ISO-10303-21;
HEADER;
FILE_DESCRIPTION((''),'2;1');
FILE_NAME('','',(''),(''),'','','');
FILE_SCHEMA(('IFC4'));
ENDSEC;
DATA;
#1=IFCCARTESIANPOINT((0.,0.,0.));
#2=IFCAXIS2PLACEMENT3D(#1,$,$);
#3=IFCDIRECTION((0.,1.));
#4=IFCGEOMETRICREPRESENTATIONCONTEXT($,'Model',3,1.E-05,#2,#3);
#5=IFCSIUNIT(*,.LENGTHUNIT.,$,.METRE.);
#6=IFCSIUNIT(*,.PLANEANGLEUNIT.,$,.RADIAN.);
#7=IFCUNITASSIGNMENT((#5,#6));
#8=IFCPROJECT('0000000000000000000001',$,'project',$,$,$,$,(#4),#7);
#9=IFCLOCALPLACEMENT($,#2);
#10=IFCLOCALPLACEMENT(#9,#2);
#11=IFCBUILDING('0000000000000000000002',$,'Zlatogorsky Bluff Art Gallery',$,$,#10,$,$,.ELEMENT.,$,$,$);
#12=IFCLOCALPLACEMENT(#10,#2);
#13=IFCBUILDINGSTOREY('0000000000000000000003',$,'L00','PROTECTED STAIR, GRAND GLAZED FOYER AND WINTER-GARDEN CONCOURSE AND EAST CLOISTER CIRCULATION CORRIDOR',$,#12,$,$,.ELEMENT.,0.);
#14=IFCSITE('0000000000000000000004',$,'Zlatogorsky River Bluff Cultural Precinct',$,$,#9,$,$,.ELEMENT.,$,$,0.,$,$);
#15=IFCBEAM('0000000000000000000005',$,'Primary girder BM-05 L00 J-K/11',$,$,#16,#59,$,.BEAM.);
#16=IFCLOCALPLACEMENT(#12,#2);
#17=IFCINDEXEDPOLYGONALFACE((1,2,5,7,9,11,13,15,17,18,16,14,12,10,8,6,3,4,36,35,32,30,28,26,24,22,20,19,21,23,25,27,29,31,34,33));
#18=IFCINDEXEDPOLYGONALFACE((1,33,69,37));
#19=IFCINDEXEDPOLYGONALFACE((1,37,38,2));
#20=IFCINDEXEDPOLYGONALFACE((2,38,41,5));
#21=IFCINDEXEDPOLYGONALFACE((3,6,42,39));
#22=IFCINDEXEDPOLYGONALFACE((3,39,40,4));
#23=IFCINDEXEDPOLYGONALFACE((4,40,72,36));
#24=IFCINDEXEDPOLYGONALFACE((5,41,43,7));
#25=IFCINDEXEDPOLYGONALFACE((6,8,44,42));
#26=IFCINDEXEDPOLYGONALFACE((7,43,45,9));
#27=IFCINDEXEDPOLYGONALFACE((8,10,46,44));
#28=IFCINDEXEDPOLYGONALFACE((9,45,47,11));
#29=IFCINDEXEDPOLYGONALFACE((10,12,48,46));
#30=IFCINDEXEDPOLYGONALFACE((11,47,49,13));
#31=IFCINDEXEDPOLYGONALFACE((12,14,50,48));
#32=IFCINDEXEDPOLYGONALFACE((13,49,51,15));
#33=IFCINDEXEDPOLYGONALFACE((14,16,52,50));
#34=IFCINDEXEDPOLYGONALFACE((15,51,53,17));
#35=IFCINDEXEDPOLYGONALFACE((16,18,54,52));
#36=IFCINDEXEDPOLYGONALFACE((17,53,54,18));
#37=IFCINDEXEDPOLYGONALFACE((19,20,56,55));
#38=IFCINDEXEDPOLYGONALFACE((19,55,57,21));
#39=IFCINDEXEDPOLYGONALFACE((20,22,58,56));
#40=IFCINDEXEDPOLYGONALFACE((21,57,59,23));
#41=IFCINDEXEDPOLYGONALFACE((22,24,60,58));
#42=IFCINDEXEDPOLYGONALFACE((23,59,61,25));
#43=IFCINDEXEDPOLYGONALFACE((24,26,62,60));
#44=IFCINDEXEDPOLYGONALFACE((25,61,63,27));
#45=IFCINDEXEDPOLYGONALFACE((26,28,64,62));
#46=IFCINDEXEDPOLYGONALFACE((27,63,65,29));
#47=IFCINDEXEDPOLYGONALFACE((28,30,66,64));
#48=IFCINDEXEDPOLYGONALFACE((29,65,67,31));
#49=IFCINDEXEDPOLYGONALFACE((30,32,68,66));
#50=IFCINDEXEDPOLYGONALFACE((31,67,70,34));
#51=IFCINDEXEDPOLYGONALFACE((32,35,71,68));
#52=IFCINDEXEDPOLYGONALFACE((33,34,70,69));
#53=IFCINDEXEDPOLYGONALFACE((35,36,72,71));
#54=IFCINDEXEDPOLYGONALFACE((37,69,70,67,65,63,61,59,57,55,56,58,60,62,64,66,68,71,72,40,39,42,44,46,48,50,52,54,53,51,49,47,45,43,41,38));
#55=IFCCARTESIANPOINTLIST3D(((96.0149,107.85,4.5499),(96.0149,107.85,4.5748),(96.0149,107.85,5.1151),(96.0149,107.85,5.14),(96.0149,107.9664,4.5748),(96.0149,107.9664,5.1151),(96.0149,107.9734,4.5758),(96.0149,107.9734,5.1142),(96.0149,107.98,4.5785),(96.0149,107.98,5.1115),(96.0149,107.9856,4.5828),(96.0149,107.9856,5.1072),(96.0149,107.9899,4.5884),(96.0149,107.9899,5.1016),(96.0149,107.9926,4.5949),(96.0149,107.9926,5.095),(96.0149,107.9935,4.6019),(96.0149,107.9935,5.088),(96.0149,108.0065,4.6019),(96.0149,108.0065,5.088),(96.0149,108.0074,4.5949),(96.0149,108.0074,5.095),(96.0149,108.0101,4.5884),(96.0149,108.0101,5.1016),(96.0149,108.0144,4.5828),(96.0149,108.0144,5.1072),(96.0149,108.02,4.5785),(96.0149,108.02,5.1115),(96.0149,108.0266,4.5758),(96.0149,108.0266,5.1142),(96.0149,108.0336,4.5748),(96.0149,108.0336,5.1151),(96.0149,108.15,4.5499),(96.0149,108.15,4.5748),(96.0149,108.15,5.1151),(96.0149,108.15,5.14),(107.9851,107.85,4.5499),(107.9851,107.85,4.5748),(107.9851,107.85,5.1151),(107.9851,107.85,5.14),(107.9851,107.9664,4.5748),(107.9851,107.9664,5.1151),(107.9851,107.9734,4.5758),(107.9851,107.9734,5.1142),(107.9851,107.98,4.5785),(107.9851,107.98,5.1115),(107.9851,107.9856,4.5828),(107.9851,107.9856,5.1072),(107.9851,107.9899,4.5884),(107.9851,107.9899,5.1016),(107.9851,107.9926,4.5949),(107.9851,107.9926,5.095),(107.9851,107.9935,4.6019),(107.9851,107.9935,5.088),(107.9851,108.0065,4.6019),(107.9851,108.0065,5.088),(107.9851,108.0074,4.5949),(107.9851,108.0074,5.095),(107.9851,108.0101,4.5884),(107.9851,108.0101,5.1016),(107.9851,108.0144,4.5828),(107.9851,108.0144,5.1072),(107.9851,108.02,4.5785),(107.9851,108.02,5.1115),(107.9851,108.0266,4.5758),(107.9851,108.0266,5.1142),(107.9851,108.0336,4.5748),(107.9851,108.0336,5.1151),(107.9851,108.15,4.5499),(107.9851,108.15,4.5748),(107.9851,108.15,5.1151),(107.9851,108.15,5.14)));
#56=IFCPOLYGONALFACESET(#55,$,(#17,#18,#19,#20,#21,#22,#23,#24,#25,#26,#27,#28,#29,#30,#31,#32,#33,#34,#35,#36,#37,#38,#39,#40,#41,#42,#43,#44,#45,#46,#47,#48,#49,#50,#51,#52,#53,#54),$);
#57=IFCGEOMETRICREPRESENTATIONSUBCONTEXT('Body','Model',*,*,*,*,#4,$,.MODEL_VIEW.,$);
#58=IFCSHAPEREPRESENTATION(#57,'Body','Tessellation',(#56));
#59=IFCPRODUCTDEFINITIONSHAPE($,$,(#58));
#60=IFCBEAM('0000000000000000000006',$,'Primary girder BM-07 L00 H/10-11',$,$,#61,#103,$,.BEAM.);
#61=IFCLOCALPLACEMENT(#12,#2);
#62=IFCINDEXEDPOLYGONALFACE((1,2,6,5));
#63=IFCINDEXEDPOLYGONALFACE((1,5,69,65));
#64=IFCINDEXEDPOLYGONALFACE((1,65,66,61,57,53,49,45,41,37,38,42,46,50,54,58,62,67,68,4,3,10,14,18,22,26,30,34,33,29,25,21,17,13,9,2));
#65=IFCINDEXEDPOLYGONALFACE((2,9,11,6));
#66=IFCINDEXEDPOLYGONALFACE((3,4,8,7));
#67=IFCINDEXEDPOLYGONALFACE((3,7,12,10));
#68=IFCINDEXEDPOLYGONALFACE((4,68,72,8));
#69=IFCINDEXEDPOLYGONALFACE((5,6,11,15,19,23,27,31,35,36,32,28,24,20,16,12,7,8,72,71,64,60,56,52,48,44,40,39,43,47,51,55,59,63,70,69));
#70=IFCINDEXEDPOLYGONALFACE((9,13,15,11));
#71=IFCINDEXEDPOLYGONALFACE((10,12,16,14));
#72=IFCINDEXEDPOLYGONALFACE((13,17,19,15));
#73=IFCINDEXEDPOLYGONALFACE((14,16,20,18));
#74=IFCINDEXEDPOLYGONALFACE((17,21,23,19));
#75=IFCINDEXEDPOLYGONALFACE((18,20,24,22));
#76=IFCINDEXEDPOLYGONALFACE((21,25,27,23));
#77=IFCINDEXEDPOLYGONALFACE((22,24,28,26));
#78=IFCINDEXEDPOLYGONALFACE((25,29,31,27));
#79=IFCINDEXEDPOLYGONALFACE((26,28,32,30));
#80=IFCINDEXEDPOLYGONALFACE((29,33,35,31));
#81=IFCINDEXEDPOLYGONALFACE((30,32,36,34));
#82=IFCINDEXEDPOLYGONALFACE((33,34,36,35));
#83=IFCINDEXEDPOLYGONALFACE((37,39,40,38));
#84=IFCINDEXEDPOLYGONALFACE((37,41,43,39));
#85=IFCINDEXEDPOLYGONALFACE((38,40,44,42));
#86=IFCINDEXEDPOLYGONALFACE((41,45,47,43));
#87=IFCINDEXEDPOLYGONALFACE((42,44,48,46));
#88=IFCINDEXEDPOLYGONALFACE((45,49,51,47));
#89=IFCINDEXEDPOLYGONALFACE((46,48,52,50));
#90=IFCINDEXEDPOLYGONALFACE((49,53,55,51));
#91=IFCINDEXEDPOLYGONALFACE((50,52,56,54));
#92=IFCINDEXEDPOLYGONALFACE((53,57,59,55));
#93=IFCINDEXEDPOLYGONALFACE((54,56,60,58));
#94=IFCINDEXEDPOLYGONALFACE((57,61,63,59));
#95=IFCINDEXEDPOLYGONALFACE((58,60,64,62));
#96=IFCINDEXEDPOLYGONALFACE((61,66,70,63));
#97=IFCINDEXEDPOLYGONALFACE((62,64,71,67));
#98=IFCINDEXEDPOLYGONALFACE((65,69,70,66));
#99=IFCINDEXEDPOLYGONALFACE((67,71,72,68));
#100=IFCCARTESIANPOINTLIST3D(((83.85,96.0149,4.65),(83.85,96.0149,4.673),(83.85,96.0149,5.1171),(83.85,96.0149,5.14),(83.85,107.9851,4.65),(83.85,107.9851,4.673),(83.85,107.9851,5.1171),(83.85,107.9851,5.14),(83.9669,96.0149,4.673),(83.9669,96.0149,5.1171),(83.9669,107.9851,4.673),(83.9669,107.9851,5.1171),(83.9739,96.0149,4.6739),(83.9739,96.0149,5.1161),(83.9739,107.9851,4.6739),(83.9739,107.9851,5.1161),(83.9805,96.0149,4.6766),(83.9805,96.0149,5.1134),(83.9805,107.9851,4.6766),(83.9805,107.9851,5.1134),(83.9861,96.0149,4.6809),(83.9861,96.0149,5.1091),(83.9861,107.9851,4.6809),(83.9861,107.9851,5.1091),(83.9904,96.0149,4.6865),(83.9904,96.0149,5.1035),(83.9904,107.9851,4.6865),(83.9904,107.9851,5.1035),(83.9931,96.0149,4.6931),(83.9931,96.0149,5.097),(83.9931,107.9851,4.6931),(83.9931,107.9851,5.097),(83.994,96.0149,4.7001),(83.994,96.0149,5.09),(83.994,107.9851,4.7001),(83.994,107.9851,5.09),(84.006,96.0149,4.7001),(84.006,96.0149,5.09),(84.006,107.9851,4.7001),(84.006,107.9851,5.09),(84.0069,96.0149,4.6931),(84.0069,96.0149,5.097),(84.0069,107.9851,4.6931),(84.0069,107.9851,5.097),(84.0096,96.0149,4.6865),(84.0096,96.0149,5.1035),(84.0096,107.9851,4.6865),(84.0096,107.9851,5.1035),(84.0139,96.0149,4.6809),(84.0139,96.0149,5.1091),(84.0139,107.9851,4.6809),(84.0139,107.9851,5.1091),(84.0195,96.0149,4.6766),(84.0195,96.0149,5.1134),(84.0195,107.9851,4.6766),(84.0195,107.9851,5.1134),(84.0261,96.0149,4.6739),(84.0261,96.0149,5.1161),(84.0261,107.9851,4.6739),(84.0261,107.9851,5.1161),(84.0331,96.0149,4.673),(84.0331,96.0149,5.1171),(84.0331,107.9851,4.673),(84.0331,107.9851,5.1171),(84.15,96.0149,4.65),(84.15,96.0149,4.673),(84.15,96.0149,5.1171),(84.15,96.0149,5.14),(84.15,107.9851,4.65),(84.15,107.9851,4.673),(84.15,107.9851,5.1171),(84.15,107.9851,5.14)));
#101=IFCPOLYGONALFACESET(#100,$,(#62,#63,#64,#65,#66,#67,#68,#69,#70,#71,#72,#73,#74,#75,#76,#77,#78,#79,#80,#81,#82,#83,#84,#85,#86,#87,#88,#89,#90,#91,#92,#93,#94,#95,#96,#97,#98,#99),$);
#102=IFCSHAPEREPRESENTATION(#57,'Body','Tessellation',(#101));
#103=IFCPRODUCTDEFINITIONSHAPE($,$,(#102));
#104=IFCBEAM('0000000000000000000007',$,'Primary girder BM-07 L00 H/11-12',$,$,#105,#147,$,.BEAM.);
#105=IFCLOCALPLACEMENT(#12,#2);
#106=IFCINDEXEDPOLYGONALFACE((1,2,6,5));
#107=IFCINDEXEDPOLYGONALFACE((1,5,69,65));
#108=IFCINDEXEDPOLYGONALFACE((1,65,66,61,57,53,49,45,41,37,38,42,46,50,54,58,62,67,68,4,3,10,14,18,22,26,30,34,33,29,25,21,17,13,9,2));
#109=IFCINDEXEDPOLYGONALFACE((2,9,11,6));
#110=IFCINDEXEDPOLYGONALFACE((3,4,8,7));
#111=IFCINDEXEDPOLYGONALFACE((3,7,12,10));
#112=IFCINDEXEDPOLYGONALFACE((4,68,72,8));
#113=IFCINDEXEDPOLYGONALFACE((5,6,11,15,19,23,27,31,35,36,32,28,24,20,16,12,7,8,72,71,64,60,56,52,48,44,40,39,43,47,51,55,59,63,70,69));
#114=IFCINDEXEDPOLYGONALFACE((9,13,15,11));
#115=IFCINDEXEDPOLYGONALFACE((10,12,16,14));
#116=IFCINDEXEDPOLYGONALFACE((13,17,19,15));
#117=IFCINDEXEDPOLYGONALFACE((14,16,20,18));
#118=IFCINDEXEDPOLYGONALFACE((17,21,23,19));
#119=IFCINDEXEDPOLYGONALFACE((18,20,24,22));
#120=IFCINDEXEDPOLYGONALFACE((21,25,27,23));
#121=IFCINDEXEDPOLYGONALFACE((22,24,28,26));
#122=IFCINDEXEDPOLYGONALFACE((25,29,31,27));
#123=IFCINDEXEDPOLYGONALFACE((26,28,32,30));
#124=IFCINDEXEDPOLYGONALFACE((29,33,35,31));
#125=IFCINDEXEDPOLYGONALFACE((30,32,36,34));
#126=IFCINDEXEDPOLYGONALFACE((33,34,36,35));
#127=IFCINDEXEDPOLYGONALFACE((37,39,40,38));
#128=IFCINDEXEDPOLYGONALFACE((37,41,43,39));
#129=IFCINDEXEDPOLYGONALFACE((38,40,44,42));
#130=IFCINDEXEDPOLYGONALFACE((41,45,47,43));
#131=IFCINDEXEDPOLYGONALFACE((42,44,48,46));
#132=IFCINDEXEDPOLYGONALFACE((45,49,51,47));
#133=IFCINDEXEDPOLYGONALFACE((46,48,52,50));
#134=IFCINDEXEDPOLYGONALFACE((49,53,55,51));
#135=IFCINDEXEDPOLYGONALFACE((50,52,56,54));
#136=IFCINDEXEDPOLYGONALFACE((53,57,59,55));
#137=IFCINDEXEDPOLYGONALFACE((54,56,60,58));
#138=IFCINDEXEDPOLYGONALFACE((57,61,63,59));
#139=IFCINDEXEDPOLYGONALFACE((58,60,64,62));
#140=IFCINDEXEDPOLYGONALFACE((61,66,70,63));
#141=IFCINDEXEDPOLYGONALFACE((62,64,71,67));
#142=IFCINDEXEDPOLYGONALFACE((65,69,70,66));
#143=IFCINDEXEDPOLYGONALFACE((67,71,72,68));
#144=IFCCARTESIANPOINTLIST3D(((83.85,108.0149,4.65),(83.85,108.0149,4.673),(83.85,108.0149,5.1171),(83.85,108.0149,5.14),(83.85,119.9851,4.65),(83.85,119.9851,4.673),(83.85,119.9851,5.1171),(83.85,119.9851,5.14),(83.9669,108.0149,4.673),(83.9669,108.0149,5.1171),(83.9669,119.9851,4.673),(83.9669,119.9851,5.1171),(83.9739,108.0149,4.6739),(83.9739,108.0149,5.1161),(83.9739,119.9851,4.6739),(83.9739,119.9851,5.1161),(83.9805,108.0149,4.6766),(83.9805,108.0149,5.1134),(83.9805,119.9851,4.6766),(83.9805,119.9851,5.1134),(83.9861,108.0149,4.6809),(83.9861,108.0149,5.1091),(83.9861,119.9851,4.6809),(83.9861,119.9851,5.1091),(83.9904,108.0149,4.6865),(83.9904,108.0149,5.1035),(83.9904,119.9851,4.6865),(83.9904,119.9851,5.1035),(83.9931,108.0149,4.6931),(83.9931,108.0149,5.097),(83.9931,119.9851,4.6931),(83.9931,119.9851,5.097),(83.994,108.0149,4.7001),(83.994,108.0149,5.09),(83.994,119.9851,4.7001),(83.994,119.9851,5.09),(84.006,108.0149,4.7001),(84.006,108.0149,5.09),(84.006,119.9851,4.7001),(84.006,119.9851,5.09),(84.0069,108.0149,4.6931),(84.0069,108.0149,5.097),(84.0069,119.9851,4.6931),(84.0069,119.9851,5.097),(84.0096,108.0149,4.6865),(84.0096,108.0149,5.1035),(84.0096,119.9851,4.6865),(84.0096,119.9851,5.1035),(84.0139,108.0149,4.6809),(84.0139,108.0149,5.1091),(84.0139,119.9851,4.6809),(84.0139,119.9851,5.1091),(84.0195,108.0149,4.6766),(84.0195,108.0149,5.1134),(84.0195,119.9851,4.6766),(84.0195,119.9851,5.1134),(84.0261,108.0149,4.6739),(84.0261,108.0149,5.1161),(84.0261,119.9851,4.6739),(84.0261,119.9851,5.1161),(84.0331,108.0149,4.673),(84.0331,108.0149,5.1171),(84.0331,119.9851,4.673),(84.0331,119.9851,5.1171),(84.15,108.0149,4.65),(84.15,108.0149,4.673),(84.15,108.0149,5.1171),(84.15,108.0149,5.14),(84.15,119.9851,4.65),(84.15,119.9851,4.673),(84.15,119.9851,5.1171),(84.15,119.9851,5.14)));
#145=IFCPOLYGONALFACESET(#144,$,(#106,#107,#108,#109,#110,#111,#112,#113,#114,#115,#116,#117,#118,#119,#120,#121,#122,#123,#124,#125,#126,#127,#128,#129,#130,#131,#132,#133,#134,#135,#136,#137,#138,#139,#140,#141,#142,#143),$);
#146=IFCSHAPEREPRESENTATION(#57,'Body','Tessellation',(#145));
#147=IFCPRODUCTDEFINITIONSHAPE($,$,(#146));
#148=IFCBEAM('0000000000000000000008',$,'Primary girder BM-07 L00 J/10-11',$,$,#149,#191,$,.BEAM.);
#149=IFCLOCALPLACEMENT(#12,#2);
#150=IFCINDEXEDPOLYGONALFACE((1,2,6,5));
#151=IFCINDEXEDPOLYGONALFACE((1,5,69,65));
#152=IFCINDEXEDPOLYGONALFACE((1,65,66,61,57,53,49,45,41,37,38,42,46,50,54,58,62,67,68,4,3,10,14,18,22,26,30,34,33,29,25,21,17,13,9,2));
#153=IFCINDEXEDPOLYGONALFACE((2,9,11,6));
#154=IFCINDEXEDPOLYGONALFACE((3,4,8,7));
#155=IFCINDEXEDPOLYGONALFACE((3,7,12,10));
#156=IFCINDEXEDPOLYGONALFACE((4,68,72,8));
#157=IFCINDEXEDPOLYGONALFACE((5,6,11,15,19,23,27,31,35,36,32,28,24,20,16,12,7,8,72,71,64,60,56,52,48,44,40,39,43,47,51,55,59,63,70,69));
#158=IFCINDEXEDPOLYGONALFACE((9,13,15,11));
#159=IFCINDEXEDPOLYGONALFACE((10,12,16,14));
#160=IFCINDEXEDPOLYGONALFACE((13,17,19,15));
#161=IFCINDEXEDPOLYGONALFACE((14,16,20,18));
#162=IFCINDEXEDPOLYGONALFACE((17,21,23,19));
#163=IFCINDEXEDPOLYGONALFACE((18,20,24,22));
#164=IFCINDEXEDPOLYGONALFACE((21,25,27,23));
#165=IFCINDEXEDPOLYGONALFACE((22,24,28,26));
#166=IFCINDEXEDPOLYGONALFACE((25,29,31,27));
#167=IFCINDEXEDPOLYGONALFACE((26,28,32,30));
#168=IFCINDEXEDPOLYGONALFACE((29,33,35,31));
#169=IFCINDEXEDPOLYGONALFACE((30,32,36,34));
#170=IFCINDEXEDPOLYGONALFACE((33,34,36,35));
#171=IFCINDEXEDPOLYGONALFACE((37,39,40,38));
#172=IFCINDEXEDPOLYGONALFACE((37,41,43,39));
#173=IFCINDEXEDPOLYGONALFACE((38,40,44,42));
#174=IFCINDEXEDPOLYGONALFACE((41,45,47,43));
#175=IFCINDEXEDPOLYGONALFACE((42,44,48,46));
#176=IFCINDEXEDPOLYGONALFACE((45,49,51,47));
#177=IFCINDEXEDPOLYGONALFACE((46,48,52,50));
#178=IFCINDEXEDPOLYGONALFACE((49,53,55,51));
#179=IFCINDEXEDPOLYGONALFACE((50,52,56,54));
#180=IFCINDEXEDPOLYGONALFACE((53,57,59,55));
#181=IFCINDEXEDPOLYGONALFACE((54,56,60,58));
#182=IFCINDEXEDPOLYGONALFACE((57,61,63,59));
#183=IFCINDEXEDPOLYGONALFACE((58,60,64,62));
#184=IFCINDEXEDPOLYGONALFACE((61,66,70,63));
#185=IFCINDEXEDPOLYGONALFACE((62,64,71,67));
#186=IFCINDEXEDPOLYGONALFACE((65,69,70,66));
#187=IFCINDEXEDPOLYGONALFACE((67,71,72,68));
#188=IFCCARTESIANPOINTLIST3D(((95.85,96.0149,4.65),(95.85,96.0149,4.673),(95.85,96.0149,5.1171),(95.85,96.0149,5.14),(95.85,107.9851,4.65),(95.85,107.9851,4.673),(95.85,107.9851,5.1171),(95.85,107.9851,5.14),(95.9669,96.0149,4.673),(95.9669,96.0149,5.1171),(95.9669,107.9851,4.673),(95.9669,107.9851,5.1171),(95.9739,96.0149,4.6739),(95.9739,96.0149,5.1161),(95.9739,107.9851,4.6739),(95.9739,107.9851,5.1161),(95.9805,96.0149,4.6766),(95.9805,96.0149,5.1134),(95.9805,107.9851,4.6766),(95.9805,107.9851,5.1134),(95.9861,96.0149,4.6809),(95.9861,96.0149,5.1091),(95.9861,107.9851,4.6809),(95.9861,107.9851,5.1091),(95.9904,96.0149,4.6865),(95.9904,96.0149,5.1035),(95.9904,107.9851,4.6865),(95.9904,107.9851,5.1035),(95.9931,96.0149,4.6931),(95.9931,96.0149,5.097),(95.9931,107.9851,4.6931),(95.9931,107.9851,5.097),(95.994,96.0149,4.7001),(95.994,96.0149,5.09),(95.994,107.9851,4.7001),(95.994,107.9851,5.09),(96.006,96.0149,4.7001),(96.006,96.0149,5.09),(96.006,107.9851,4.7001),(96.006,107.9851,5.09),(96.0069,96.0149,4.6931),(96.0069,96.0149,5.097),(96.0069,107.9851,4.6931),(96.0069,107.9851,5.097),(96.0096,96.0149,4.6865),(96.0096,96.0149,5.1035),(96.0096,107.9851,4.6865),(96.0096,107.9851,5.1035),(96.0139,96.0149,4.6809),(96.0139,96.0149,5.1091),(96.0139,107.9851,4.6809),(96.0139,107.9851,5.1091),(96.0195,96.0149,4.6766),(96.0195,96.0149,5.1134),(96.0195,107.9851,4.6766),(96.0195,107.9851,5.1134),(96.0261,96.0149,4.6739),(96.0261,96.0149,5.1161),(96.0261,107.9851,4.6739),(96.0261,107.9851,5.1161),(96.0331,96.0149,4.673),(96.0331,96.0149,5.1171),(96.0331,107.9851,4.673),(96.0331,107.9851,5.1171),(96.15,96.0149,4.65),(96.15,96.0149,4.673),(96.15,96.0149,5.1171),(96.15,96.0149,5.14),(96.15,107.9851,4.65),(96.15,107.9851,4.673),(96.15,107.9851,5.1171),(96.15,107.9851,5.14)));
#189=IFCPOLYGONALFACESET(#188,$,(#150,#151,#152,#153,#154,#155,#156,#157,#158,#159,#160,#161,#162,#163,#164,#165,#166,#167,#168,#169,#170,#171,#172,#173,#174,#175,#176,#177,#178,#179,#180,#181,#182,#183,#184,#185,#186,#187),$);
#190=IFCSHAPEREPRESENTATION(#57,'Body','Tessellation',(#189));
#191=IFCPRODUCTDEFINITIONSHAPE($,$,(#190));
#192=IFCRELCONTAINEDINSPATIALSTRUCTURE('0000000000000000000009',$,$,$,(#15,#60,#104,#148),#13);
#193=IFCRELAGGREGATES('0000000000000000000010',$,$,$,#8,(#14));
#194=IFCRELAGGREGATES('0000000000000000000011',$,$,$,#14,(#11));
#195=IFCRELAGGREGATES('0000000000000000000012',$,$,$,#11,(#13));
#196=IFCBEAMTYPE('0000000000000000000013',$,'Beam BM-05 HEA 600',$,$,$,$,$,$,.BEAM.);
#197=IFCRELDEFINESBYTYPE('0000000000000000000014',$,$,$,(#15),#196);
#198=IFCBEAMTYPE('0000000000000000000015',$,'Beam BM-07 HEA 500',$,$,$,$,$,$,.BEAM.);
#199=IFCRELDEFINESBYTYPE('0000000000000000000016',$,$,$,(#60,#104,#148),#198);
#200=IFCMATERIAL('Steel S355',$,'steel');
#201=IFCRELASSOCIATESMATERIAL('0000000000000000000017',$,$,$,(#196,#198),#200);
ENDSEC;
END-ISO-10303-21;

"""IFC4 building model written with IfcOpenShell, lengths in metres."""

from ifc_helpers import new_model, si_unit, direction, frame, origin, origin_2d, place, context, subcontext, project, spatial, i_section, extrude, material, material_profile, profile_set, type_object, element, save


model = new_model("IFC4")

# Units and contexts
model_context = context("Model", 3, precision=1e-05, world=origin(), true_north=direction((0.0, 1.0)))
body_context = subcontext(model_context, "Body", "Model", "MODEL_VIEW")
ifc_project = project(units=[si_unit("LENGTHUNIT", "METRE"), si_unit("PLANEANGLEUNIT", "RADIAN")], contexts=[model_context])

# Site, building, storey
site_placement = place(None, origin())
site = spatial("IfcSite", under=ifc_project, at=site_placement, Name="Zlatogorsky River Bluff Cultural Precinct", CompositionType="ELEMENT", RefElevation=0.0)
building_placement = place(site_placement, origin())
building = spatial("IfcBuilding", under=site, at=building_placement, Name="Zlatogorsky Bluff Art Gallery", CompositionType="ELEMENT")
storey_placement = place(building_placement, origin())
storey = spatial("IfcBuildingStorey", under=building, at=storey_placement, Name="L00", Description="PROTECTED STAIR, GRAND GLAZED FOYER AND WINTER-GARDEN CONCOURSE AND EAST CLOISTER CIRCULATION CORRIDOR", CompositionType="ELEMENT", Elevation=0.0)

# Shared definitions
ifc_material_1 = material(Name="Steel S355", Category="steel")

# Beams
ifc_material_profile_1 = material_profile(ifc_material_1, i_section(OverallWidth=0.3, OverallDepth=0.5901, WebThickness=0.0129, FlangeThickness=0.0249, FilletRadius=0.0271, at=origin_2d()), Name="HEA 600")
ifc_profile_set_1 = profile_set([ifc_material_profile_1], Name="Steel S355")
beam_type_1 = type_object("IfcBeamType", Name="Beam BM-05 HEA 600", PredefinedType="BEAM", material=ifc_profile_set_1)
for number, where, z_axis, x_axis, name in (
    (1, (96.0149, 108.0, 4.845), (1.0, 0.0, 0.0), (0.0, 1.0, 0.0), "Primary girder BM-05 L00 J-K/11"),
):
    element("IfcBeam", number, at=place(storey_placement, frame(where, z_axis=z_axis, x_axis=x_axis)), inside=storey, type_object=beam_type_1, Name=name, PredefinedType="BEAM", context=body_context, shape_type="SweptSolid", body=[
        extrude(i_section(OverallWidth=0.3, OverallDepth=0.5901, WebThickness=0.0129, FlangeThickness=0.0249, FilletRadius=0.0271, at=origin_2d()), origin(), (0.0, 0.0, 1.0), 11.9702),
    ])
ifc_material_profile_2 = material_profile(ifc_material_1, i_section(OverallWidth=0.3, OverallDepth=0.49, WebThickness=0.012, FlangeThickness=0.0229, FilletRadius=0.0271, at=origin_2d()), Name="HEA 500")
ifc_profile_set_2 = profile_set([ifc_material_profile_2], Name="Steel S355")
beam_type_2 = type_object("IfcBeamType", Name="Beam BM-07 HEA 500", PredefinedType="BEAM", material=ifc_profile_set_2)
for number, where, z_axis, x_axis, name in (
    (2, (84.0, 96.0149, 4.895), (0.0, 1.0, 0.0), (-1.0, 0.0, 0.0), "Primary girder BM-07 L00 H/10-11"),
    (3, (84.0, 108.0149, 4.895), (0.0, 1.0, 0.0), (-1.0, 0.0, 0.0), "Primary girder BM-07 L00 H/11-12"),
    (4, (96.0, 96.0149, 4.895), (0.0, 1.0, 0.0), (-1.0, 0.0, 0.0), "Primary girder BM-07 L00 J/10-11"),
):
    element("IfcBeam", number, at=place(storey_placement, frame(where, z_axis=z_axis, x_axis=x_axis)), inside=storey, type_object=beam_type_2, Name=name, PredefinedType="BEAM", context=body_context, shape_type="SweptSolid", body=[
        extrude(i_section(OverallWidth=0.3, OverallDepth=0.49, WebThickness=0.012, FlangeThickness=0.0229, FilletRadius=0.0271, at=origin_2d()), origin(), (0.0, 0.0, 1.0), 11.9702),
    ])

save(model, "model.ifc")
